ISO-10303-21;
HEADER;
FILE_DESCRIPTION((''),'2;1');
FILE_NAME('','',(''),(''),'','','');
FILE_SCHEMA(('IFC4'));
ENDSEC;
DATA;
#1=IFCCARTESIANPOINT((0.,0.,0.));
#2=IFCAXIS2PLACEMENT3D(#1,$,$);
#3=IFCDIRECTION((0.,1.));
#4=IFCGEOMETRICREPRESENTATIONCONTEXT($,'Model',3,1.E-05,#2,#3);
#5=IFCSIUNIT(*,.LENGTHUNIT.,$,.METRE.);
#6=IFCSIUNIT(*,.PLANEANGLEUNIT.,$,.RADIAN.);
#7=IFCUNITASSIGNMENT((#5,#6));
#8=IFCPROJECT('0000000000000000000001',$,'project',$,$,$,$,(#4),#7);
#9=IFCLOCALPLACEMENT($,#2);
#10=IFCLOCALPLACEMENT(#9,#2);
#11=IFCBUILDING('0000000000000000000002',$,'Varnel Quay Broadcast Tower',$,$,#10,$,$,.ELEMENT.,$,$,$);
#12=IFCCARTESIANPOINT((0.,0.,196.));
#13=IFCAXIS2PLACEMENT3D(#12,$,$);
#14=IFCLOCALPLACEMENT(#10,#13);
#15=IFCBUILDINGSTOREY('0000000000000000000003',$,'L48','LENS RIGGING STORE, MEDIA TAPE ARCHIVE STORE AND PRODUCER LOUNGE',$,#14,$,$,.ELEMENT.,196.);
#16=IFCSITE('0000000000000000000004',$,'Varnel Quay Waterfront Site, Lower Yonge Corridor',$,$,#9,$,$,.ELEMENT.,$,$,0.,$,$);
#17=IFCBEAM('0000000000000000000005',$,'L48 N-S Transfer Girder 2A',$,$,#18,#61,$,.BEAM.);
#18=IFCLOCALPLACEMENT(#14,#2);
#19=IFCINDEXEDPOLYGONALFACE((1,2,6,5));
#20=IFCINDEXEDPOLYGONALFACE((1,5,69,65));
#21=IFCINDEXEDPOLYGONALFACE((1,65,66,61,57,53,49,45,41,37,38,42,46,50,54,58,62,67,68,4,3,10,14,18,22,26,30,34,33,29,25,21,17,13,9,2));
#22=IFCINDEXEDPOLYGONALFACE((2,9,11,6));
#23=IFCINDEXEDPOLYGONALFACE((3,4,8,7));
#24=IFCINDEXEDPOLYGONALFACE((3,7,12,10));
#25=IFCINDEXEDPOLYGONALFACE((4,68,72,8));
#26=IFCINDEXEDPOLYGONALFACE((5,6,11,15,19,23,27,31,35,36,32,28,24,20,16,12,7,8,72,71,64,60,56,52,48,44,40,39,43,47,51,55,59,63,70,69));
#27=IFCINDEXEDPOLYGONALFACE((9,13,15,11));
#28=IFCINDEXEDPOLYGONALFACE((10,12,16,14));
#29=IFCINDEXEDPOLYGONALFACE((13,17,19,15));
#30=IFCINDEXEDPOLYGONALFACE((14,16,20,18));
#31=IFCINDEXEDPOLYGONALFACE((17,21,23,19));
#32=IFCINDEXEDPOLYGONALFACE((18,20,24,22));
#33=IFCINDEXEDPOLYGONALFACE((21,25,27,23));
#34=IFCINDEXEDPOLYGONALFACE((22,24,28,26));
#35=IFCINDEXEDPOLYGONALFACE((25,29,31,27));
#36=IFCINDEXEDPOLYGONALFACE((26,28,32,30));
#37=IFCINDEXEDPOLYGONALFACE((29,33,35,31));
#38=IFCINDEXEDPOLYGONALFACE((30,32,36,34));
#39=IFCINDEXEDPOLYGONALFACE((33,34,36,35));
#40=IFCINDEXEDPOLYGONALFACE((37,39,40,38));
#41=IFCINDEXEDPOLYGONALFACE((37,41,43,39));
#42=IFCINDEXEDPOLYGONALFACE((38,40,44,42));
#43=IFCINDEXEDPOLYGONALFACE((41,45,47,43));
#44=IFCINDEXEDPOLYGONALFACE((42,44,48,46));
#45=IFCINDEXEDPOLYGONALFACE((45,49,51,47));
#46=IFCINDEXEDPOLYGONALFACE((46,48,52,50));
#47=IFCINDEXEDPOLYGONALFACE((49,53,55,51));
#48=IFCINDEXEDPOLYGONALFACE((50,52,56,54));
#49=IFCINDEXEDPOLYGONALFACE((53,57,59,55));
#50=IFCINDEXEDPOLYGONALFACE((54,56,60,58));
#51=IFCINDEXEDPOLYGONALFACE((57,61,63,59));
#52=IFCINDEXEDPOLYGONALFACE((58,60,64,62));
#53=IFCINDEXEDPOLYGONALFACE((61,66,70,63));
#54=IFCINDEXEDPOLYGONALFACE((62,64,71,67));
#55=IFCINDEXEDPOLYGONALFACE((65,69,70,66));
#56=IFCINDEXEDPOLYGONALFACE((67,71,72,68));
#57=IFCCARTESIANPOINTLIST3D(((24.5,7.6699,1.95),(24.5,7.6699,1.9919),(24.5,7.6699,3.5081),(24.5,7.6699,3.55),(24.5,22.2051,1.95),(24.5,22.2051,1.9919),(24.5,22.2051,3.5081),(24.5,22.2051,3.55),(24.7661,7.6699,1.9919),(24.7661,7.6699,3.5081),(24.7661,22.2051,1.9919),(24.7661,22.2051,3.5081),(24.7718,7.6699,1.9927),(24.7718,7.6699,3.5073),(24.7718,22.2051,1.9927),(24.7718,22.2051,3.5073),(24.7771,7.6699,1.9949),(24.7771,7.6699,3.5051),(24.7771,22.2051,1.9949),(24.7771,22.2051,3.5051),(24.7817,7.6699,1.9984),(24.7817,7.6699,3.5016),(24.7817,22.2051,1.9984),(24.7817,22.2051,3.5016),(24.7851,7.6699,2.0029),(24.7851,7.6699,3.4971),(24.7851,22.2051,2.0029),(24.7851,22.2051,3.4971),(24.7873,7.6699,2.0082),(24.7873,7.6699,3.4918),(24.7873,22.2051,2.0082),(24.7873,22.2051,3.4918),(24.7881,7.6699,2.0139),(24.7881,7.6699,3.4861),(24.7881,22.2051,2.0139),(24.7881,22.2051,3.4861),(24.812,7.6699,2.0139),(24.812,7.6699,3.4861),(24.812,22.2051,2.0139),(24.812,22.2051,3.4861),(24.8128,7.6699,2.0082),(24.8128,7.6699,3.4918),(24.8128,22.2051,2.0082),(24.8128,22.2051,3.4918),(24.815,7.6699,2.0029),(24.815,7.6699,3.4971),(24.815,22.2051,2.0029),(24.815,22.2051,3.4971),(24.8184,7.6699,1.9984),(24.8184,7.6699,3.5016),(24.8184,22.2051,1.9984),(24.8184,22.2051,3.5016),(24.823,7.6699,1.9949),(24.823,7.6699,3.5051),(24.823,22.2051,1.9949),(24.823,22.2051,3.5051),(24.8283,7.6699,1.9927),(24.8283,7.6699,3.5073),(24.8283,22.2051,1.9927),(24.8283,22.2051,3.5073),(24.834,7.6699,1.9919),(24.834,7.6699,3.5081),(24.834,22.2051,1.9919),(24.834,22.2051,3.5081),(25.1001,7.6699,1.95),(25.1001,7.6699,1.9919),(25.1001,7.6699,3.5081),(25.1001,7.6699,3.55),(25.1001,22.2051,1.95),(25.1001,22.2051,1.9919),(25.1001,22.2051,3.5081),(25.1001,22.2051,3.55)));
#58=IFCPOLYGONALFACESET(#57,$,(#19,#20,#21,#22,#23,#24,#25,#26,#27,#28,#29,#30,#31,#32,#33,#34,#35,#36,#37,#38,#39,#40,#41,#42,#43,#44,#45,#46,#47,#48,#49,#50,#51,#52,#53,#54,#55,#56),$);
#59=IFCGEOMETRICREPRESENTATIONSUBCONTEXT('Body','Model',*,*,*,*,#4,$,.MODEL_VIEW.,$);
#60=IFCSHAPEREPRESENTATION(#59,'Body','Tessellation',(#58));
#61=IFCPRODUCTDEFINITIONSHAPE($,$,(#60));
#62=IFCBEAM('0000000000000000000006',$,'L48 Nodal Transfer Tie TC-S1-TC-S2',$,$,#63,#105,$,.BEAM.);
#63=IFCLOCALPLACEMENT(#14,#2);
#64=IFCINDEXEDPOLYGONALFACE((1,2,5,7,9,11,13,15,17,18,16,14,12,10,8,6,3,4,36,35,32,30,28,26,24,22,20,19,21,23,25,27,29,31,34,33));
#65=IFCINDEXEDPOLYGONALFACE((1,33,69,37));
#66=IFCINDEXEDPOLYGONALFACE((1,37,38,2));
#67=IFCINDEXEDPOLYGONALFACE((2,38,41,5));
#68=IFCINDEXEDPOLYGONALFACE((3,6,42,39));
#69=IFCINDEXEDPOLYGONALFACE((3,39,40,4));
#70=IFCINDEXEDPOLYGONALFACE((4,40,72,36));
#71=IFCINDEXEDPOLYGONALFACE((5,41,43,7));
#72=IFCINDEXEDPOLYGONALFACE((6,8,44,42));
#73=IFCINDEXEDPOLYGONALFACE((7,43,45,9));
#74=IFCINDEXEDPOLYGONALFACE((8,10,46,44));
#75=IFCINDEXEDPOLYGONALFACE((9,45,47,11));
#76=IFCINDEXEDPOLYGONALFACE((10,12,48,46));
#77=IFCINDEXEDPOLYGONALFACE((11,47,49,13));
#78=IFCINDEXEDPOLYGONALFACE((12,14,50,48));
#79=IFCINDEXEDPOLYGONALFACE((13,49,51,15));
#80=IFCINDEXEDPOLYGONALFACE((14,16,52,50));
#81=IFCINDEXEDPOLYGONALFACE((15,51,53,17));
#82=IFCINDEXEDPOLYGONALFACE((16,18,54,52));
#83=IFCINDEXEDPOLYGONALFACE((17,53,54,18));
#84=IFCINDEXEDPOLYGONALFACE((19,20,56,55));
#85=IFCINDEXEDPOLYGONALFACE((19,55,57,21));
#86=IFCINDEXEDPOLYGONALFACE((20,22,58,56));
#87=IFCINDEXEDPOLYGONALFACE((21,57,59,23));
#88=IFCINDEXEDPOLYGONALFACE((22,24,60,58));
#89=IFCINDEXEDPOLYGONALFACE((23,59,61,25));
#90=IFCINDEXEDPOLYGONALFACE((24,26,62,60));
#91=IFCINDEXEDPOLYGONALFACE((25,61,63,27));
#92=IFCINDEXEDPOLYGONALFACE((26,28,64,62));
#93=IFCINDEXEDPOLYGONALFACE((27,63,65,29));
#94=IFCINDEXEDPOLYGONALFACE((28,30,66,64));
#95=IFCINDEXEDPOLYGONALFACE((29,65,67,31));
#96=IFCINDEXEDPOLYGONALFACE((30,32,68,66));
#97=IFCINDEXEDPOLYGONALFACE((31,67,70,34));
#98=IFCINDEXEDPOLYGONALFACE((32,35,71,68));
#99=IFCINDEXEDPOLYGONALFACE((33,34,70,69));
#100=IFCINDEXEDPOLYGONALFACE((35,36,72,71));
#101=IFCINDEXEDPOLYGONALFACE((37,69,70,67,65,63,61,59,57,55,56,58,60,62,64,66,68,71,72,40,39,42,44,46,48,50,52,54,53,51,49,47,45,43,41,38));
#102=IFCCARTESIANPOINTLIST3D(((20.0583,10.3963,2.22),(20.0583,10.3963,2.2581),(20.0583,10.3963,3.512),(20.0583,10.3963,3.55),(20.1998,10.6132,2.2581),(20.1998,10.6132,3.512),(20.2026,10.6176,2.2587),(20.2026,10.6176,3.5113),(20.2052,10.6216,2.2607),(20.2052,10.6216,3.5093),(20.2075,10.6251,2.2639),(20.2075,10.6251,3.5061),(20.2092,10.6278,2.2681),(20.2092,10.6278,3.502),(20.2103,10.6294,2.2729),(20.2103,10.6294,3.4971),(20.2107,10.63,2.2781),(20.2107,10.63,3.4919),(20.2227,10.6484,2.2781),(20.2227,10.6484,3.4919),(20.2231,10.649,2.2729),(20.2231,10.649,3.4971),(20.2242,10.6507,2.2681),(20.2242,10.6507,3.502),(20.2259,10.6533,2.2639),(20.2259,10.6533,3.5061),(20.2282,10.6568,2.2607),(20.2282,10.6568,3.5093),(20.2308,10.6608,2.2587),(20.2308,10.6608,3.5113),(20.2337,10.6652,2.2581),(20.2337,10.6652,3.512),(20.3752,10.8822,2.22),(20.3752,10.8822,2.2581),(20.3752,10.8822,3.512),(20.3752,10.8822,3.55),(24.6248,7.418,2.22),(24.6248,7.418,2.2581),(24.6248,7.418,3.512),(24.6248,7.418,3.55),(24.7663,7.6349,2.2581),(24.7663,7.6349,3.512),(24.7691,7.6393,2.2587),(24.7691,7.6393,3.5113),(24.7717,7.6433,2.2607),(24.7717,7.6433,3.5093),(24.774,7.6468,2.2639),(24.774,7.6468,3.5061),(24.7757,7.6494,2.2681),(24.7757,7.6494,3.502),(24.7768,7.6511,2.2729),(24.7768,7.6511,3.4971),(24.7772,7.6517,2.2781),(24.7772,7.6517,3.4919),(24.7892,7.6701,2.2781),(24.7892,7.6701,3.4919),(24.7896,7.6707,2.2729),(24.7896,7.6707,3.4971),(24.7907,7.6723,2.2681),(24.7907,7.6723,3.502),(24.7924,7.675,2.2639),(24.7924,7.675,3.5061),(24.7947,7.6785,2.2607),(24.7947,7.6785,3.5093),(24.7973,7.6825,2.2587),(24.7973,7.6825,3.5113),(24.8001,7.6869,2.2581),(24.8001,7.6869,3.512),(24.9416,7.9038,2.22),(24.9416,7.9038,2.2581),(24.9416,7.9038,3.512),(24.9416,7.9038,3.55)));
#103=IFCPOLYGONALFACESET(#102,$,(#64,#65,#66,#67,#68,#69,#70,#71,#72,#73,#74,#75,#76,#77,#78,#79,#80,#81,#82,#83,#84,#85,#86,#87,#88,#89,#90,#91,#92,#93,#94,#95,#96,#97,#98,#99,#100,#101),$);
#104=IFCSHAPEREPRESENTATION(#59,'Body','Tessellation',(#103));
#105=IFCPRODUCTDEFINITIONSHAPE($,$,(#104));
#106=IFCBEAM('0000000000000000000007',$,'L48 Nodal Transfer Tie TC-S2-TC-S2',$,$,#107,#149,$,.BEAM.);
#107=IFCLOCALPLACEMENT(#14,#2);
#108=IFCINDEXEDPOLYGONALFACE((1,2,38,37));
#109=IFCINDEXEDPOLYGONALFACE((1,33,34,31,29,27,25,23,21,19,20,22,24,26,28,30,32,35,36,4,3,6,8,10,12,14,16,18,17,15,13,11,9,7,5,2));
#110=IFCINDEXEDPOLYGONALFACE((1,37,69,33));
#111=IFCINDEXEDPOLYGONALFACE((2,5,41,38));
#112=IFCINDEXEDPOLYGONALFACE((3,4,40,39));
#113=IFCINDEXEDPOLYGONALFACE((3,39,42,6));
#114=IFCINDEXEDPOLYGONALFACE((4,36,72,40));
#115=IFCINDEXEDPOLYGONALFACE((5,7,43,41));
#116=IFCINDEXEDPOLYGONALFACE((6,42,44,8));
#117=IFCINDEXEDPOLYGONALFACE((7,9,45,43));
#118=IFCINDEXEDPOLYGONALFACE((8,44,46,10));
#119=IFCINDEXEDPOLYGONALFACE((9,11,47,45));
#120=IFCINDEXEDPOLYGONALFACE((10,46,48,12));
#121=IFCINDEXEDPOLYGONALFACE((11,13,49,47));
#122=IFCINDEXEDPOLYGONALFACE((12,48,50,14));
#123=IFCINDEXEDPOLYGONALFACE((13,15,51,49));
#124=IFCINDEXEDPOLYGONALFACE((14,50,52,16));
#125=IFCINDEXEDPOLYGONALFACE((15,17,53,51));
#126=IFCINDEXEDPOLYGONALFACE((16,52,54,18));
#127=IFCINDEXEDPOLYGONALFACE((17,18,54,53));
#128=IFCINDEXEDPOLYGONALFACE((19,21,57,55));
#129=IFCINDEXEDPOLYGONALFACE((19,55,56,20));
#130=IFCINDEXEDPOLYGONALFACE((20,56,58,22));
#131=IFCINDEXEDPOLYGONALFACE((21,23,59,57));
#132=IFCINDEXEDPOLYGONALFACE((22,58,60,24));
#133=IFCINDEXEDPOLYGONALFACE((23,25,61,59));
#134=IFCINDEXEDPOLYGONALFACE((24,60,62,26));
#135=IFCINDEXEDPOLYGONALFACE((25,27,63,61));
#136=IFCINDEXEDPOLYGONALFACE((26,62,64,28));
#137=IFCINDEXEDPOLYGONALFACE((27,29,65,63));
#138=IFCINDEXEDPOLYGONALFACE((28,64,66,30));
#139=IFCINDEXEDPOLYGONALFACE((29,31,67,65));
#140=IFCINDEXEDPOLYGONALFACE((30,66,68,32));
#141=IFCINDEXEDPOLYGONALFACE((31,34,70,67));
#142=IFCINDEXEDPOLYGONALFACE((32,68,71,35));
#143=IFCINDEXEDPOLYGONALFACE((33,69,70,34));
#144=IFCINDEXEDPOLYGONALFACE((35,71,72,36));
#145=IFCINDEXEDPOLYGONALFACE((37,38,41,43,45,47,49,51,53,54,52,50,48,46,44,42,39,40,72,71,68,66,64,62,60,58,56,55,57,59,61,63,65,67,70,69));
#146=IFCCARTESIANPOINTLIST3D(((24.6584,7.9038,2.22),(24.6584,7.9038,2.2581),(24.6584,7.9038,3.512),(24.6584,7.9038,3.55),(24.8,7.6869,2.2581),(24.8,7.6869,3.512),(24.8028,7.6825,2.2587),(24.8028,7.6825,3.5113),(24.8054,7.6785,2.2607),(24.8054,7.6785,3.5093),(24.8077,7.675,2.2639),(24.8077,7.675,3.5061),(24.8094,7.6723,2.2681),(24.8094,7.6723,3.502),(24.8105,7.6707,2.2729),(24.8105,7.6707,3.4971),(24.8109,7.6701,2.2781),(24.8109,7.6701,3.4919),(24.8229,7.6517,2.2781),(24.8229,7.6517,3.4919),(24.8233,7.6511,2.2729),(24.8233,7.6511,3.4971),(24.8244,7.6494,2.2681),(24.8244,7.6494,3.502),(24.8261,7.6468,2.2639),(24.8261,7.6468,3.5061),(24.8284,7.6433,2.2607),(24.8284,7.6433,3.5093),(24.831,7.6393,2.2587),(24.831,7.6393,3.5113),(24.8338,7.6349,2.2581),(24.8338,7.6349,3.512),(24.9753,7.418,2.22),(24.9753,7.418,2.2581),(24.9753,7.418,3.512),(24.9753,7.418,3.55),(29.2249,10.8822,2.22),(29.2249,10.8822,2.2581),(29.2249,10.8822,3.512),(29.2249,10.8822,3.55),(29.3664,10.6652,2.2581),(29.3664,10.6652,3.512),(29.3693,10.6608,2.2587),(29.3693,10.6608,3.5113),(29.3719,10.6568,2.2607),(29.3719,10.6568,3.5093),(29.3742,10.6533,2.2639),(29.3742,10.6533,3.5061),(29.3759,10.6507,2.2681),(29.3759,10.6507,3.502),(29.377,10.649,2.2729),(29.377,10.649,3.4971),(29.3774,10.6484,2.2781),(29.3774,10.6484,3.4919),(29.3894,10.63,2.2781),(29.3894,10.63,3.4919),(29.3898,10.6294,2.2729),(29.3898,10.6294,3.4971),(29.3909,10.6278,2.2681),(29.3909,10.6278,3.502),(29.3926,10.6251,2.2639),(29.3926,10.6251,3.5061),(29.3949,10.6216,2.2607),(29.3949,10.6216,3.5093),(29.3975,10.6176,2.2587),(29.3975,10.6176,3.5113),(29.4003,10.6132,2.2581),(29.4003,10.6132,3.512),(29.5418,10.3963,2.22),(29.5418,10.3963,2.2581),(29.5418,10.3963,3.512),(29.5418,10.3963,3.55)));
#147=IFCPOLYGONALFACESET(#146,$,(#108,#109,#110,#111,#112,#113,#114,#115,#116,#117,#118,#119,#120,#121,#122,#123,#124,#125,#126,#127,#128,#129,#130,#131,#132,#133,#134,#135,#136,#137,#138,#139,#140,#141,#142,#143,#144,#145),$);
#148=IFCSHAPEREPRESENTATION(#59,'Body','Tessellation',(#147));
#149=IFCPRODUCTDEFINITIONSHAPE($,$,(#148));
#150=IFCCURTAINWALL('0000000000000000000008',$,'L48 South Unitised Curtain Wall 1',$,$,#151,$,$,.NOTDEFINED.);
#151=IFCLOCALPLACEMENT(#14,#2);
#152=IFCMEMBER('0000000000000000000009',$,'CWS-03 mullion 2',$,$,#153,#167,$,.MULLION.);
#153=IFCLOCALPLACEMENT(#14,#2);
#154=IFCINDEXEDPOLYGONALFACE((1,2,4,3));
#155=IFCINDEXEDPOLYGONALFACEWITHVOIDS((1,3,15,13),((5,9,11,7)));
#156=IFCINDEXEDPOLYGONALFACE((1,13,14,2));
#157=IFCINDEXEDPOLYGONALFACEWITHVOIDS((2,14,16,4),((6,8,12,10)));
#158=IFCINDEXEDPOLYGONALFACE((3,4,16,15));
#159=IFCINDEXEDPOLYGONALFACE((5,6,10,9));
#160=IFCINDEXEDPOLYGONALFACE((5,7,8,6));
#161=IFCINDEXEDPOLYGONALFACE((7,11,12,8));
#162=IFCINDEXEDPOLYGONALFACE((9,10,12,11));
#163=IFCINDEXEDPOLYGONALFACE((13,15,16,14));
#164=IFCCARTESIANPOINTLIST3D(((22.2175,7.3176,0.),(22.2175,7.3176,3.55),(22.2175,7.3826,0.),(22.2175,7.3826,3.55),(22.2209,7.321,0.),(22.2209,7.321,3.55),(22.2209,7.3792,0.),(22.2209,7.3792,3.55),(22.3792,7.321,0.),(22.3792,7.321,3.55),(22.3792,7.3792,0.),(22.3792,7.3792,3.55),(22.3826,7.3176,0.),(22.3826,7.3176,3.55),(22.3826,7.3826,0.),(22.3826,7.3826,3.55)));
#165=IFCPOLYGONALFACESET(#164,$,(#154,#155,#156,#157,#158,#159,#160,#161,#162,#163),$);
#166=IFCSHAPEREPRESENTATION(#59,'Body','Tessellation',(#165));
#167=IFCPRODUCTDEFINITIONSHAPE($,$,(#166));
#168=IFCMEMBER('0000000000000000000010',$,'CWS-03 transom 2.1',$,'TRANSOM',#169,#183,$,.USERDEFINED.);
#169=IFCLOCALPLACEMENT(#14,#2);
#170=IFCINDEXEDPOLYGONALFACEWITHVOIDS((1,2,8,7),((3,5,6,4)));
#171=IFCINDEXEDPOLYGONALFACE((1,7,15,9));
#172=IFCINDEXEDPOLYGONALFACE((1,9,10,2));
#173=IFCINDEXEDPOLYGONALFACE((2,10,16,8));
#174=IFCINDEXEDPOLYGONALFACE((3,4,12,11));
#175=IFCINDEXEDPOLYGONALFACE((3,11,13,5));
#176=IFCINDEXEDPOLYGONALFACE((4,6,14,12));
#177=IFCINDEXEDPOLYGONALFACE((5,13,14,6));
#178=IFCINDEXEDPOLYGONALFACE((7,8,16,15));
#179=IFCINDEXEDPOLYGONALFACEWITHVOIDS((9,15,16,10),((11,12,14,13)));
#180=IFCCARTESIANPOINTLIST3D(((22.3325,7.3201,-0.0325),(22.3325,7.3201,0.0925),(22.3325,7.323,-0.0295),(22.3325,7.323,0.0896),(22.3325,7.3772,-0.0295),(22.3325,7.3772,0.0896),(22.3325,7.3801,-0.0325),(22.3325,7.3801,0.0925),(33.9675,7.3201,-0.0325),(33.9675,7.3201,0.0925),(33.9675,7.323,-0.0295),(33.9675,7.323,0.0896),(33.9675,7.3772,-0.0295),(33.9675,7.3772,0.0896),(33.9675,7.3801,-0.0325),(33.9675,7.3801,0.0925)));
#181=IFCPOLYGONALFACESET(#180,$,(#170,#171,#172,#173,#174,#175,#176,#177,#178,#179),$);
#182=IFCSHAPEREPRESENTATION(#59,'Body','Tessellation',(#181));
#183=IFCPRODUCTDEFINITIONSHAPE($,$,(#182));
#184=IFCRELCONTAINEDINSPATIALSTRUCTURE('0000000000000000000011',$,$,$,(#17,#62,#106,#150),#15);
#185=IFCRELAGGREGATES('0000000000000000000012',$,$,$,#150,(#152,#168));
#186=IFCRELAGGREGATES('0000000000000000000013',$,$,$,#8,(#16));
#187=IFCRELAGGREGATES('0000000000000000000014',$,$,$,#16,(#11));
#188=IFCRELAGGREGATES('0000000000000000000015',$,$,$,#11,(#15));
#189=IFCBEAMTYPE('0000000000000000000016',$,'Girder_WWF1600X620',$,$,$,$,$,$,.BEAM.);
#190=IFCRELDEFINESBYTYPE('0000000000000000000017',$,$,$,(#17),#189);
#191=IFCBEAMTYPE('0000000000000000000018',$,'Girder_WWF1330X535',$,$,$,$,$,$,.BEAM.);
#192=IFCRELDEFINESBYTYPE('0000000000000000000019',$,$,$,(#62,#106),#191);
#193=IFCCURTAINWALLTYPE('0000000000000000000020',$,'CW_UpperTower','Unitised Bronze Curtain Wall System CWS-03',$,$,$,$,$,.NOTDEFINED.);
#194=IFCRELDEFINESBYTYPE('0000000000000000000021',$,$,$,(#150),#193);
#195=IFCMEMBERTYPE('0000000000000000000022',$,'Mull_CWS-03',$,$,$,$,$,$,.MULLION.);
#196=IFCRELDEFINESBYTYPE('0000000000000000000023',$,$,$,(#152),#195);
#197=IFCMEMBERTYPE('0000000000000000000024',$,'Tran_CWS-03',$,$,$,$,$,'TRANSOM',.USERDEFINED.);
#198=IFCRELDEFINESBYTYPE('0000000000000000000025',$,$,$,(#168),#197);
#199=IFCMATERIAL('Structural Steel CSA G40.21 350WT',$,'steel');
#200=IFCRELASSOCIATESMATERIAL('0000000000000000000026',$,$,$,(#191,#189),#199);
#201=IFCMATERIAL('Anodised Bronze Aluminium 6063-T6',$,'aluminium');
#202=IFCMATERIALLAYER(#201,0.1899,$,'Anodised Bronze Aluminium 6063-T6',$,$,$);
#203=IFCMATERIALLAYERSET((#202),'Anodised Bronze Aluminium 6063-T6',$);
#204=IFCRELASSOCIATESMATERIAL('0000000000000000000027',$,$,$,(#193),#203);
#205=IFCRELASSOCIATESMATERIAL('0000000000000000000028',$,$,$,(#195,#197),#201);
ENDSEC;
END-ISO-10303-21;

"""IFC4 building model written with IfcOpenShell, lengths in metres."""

from ifc_helpers import new_model, si_unit, direction, frame, origin, origin_2d, place, context, subcontext, project, spatial, hollow_rectangle, i_section, extrude, source, transform, mapped, material, layer, layer_set, material_profile, profile_set, type_object, type_shapes, element, aggregate, save


model = new_model("IFC4")

# Units and contexts
model_context = context("Model", 3, precision=1e-05, world=origin(), true_north=direction((0.0, 1.0)))
body_context = subcontext(model_context, "Body", "Model", "MODEL_VIEW")
ifc_project = project(units=[si_unit("LENGTHUNIT", "METRE"), si_unit("PLANEANGLEUNIT", "RADIAN")], contexts=[model_context])

# Site, building, storey
site_placement = place(None, origin())
site = spatial("IfcSite", under=ifc_project, at=site_placement, Name="Varnel Quay Waterfront Site, Lower Yonge Corridor", CompositionType="ELEMENT", RefElevation=0.0)
building_placement = place(site_placement, origin())
building = spatial("IfcBuilding", under=site, at=building_placement, Name="Varnel Quay Broadcast Tower", CompositionType="ELEMENT")
storey_placement = place(building_placement, frame((0.0, 0.0, 196.0)))
storey = spatial("IfcBuildingStorey", under=building, at=storey_placement, Name="L48", Description="LENS RIGGING STORE, MEDIA TAPE ARCHIVE STORE AND PRODUCER LOUNGE", CompositionType="ELEMENT", Elevation=196.0)

# Beams
ifc_material_1 = material(Name="Structural Steel CSA G40.21 350WT", Category="steel")
ifc_material_profile_1 = material_profile(ifc_material_1, i_section(OverallWidth=0.5801, OverallDepth=1.3301, WebThickness=0.022, FlangeThickness=0.0381, FilletRadius=0.02, at=origin_2d()), Name="WWF1330X535")
ifc_profile_set_1 = profile_set([ifc_material_profile_1], Name="Structural Steel CSA G40.21 350WT")
beam_type_1 = type_object("IfcBeamType", Name="Girder_WWF1330X535", PredefinedType="BEAM", material=ifc_profile_set_1)
ifc_material_profile_2 = material_profile(ifc_material_1, i_section(OverallWidth=0.6001, OverallDepth=1.6001, WebThickness=0.0239, FlangeThickness=0.042, FilletRadius=0.022, at=origin_2d()), Name="WWF1600X620")
ifc_profile_set_2 = profile_set([ifc_material_profile_2], Name="Structural Steel CSA G40.21 350WT")
beam_type_2 = type_object("IfcBeamType", Name="Girder_WWF1600X620", PredefinedType="BEAM", material=ifc_profile_set_2)
shared_shape_1 = source(origin(), body_context, "Body", "SweptSolid", [
    extrude(i_section(OverallWidth=0.6001, OverallDepth=1.6001, WebThickness=0.0239, FlangeThickness=0.042, FilletRadius=0.022, at=origin_2d()), origin(), (0.0, 0.0, 1.0), 14.5352),
])
beam_1_placement = place(storey_placement, frame((24.8, 7.6699, 2.75), z_axis=(0.0, 1.0, 0.0), x_axis=(-1.0, 0.0, 0.0)))
element("IfcBeam", 1, at=beam_1_placement, inside=storey, type_object=beam_type_2, Name="L48 N-S Transfer Girder 2A", PredefinedType="BEAM", context=body_context, shape_type="MappedRepresentation", body=[
    mapped(shared_shape_1, transform((0.0, 0.0, 0.0), x_axis=(1.0, 0.0, 0.0), y_axis=(0.0, 1.0, 0.0), z_axis=(0.0, 0.0, 1.0), scale=1.0)),
])
shared_shape_2 = source(origin(), body_context, "Body", "SweptSolid", [
    extrude(i_section(OverallWidth=0.5801, OverallDepth=1.3301, WebThickness=0.022, FlangeThickness=0.0381, FilletRadius=0.02, at=origin_2d()), origin(), (0.0, 0.0, 1.0), 5.4519),
])
for number, where, z_axis, x_axis, name in (
    (2, (24.7832, 7.6609, 2.885), (-0.837595, 0.546291, 0.0), (-0.546291, -0.837595, 0.0), "L48 Nodal Transfer Tie TC-S1-TC-S2"),
    (3, (24.8169, 7.6609, 2.885), (0.837595, 0.546291, 0.0), (-0.546291, 0.837595, 0.0), "L48 Nodal Transfer Tie TC-S2-TC-S2"),
):
    element("IfcBeam", number, at=place(storey_placement, frame(where, z_axis=z_axis, x_axis=x_axis)), inside=storey, type_object=beam_type_1, Name=name, PredefinedType="BEAM", context=body_context, shape_type="MappedRepresentation", body=[
        mapped(shared_shape_2, transform((0.0, 0.0, 0.0), x_axis=(1.0, 0.0, 0.0), y_axis=(0.0, 1.0, 0.0), z_axis=(0.0, 0.0, 1.0), scale=1.0)),
    ])

# Curtain wall, members
ifc_material_2 = material(Name="Anodised Bronze Aluminium 6063-T6", Category="aluminium")
ifc_layer_1 = layer(ifc_material_2, 0.1899, Name="Anodised Bronze Aluminium 6063-T6")
ifc_layer_set_1 = layer_set([ifc_layer_1], Name="Anodised Bronze Aluminium 6063-T6")
curtain_wall_type = type_object("IfcCurtainWallType", Name="CW_UpperTower", Description="Unitised Bronze Curtain Wall System CWS-03", PredefinedType="NOTDEFINED", material=ifc_layer_set_1)
curtain_wall_placement = place(storey_placement, origin())
curtain_wall = element("IfcCurtainWall", 4, at=curtain_wall_placement, inside=storey, type_object=curtain_wall_type, Name="L48 South Unitised Curtain Wall 1", PredefinedType="NOTDEFINED")
ifc_material_profile_3 = material_profile(ifc_material_2, hollow_rectangle(XDim=0.0649, YDim=0.165, WallThickness=0.0034, at=origin_2d()), Name="ALU65X165X3.5")
ifc_profile_set_3 = profile_set([ifc_material_profile_3], Name="Anodised Bronze Aluminium 6063-T6")
member_type_1 = type_object("IfcMemberType", Name="Mull_CWS-03", PredefinedType="MULLION", material=ifc_profile_set_3)
shared_shape_3 = source(origin(), body_context, "Body", "SweptSolid", [
    extrude(hollow_rectangle(XDim=0.0649, YDim=0.165, WallThickness=0.0034, at=origin_2d()), origin(), (0.0, 0.0, 1.0), 3.55),
])
type_shapes(member_type_1, [shared_shape_3])
member_1_placement = place(storey_placement, frame((22.3, 7.3501, 0.0), z_axis=(0.0, 0.0, 1.0), x_axis=(0.0, 1.0, 0.0)))
member_1 = element("IfcMember", 5, at=member_1_placement, type_object=member_type_1, Name="CWS-03 mullion 2", PredefinedType="MULLION", context=body_context, shape_type="MappedRepresentation", body=[
    mapped(shared_shape_3, transform((0.0, 0.0, 0.0), x_axis=(1.0, 0.0, 0.0), y_axis=(0.0, 1.0, 0.0), z_axis=(0.0, 0.0, 1.0), scale=1.0)),
])
ifc_material_profile_4 = material_profile(ifc_material_2, hollow_rectangle(XDim=0.0601, YDim=0.125, WallThickness=0.0029, at=origin_2d()), Name="ALU60X125X3")
ifc_profile_set_4 = profile_set([ifc_material_profile_4], Name="Anodised Bronze Aluminium 6063-T6")
member_type_2 = type_object("IfcMemberType", Name="Tran_CWS-03", ElementType="TRANSOM", PredefinedType="USERDEFINED", material=ifc_profile_set_4)
shared_shape_4 = source(origin(), body_context, "Body", "SweptSolid", [
    extrude(hollow_rectangle(XDim=0.0601, YDim=0.125, WallThickness=0.0029, at=origin_2d()), origin(), (0.0, 0.0, 1.0), 11.635),
])
type_shapes(member_type_2, [shared_shape_4])
member_2_placement = place(storey_placement, frame((22.3325, 7.3501, 0.03), z_axis=(1.0, 0.0, 0.0), x_axis=(0.0, 1.0, 0.0)))
member_2 = element("IfcMember", 6, at=member_2_placement, type_object=member_type_2, Name="CWS-03 transom 2.1", ObjectType="TRANSOM", PredefinedType="USERDEFINED", context=body_context, shape_type="MappedRepresentation", body=[
    mapped(shared_shape_4, transform((0.0, 0.0, 0.0), x_axis=(1.0, 0.0, 0.0), y_axis=(0.0, 1.0, 0.0), z_axis=(0.0, 0.0, 1.0), scale=1.0)),
])
aggregate(curtain_wall, [member_1, member_2])

save(model, "model.ifc")
